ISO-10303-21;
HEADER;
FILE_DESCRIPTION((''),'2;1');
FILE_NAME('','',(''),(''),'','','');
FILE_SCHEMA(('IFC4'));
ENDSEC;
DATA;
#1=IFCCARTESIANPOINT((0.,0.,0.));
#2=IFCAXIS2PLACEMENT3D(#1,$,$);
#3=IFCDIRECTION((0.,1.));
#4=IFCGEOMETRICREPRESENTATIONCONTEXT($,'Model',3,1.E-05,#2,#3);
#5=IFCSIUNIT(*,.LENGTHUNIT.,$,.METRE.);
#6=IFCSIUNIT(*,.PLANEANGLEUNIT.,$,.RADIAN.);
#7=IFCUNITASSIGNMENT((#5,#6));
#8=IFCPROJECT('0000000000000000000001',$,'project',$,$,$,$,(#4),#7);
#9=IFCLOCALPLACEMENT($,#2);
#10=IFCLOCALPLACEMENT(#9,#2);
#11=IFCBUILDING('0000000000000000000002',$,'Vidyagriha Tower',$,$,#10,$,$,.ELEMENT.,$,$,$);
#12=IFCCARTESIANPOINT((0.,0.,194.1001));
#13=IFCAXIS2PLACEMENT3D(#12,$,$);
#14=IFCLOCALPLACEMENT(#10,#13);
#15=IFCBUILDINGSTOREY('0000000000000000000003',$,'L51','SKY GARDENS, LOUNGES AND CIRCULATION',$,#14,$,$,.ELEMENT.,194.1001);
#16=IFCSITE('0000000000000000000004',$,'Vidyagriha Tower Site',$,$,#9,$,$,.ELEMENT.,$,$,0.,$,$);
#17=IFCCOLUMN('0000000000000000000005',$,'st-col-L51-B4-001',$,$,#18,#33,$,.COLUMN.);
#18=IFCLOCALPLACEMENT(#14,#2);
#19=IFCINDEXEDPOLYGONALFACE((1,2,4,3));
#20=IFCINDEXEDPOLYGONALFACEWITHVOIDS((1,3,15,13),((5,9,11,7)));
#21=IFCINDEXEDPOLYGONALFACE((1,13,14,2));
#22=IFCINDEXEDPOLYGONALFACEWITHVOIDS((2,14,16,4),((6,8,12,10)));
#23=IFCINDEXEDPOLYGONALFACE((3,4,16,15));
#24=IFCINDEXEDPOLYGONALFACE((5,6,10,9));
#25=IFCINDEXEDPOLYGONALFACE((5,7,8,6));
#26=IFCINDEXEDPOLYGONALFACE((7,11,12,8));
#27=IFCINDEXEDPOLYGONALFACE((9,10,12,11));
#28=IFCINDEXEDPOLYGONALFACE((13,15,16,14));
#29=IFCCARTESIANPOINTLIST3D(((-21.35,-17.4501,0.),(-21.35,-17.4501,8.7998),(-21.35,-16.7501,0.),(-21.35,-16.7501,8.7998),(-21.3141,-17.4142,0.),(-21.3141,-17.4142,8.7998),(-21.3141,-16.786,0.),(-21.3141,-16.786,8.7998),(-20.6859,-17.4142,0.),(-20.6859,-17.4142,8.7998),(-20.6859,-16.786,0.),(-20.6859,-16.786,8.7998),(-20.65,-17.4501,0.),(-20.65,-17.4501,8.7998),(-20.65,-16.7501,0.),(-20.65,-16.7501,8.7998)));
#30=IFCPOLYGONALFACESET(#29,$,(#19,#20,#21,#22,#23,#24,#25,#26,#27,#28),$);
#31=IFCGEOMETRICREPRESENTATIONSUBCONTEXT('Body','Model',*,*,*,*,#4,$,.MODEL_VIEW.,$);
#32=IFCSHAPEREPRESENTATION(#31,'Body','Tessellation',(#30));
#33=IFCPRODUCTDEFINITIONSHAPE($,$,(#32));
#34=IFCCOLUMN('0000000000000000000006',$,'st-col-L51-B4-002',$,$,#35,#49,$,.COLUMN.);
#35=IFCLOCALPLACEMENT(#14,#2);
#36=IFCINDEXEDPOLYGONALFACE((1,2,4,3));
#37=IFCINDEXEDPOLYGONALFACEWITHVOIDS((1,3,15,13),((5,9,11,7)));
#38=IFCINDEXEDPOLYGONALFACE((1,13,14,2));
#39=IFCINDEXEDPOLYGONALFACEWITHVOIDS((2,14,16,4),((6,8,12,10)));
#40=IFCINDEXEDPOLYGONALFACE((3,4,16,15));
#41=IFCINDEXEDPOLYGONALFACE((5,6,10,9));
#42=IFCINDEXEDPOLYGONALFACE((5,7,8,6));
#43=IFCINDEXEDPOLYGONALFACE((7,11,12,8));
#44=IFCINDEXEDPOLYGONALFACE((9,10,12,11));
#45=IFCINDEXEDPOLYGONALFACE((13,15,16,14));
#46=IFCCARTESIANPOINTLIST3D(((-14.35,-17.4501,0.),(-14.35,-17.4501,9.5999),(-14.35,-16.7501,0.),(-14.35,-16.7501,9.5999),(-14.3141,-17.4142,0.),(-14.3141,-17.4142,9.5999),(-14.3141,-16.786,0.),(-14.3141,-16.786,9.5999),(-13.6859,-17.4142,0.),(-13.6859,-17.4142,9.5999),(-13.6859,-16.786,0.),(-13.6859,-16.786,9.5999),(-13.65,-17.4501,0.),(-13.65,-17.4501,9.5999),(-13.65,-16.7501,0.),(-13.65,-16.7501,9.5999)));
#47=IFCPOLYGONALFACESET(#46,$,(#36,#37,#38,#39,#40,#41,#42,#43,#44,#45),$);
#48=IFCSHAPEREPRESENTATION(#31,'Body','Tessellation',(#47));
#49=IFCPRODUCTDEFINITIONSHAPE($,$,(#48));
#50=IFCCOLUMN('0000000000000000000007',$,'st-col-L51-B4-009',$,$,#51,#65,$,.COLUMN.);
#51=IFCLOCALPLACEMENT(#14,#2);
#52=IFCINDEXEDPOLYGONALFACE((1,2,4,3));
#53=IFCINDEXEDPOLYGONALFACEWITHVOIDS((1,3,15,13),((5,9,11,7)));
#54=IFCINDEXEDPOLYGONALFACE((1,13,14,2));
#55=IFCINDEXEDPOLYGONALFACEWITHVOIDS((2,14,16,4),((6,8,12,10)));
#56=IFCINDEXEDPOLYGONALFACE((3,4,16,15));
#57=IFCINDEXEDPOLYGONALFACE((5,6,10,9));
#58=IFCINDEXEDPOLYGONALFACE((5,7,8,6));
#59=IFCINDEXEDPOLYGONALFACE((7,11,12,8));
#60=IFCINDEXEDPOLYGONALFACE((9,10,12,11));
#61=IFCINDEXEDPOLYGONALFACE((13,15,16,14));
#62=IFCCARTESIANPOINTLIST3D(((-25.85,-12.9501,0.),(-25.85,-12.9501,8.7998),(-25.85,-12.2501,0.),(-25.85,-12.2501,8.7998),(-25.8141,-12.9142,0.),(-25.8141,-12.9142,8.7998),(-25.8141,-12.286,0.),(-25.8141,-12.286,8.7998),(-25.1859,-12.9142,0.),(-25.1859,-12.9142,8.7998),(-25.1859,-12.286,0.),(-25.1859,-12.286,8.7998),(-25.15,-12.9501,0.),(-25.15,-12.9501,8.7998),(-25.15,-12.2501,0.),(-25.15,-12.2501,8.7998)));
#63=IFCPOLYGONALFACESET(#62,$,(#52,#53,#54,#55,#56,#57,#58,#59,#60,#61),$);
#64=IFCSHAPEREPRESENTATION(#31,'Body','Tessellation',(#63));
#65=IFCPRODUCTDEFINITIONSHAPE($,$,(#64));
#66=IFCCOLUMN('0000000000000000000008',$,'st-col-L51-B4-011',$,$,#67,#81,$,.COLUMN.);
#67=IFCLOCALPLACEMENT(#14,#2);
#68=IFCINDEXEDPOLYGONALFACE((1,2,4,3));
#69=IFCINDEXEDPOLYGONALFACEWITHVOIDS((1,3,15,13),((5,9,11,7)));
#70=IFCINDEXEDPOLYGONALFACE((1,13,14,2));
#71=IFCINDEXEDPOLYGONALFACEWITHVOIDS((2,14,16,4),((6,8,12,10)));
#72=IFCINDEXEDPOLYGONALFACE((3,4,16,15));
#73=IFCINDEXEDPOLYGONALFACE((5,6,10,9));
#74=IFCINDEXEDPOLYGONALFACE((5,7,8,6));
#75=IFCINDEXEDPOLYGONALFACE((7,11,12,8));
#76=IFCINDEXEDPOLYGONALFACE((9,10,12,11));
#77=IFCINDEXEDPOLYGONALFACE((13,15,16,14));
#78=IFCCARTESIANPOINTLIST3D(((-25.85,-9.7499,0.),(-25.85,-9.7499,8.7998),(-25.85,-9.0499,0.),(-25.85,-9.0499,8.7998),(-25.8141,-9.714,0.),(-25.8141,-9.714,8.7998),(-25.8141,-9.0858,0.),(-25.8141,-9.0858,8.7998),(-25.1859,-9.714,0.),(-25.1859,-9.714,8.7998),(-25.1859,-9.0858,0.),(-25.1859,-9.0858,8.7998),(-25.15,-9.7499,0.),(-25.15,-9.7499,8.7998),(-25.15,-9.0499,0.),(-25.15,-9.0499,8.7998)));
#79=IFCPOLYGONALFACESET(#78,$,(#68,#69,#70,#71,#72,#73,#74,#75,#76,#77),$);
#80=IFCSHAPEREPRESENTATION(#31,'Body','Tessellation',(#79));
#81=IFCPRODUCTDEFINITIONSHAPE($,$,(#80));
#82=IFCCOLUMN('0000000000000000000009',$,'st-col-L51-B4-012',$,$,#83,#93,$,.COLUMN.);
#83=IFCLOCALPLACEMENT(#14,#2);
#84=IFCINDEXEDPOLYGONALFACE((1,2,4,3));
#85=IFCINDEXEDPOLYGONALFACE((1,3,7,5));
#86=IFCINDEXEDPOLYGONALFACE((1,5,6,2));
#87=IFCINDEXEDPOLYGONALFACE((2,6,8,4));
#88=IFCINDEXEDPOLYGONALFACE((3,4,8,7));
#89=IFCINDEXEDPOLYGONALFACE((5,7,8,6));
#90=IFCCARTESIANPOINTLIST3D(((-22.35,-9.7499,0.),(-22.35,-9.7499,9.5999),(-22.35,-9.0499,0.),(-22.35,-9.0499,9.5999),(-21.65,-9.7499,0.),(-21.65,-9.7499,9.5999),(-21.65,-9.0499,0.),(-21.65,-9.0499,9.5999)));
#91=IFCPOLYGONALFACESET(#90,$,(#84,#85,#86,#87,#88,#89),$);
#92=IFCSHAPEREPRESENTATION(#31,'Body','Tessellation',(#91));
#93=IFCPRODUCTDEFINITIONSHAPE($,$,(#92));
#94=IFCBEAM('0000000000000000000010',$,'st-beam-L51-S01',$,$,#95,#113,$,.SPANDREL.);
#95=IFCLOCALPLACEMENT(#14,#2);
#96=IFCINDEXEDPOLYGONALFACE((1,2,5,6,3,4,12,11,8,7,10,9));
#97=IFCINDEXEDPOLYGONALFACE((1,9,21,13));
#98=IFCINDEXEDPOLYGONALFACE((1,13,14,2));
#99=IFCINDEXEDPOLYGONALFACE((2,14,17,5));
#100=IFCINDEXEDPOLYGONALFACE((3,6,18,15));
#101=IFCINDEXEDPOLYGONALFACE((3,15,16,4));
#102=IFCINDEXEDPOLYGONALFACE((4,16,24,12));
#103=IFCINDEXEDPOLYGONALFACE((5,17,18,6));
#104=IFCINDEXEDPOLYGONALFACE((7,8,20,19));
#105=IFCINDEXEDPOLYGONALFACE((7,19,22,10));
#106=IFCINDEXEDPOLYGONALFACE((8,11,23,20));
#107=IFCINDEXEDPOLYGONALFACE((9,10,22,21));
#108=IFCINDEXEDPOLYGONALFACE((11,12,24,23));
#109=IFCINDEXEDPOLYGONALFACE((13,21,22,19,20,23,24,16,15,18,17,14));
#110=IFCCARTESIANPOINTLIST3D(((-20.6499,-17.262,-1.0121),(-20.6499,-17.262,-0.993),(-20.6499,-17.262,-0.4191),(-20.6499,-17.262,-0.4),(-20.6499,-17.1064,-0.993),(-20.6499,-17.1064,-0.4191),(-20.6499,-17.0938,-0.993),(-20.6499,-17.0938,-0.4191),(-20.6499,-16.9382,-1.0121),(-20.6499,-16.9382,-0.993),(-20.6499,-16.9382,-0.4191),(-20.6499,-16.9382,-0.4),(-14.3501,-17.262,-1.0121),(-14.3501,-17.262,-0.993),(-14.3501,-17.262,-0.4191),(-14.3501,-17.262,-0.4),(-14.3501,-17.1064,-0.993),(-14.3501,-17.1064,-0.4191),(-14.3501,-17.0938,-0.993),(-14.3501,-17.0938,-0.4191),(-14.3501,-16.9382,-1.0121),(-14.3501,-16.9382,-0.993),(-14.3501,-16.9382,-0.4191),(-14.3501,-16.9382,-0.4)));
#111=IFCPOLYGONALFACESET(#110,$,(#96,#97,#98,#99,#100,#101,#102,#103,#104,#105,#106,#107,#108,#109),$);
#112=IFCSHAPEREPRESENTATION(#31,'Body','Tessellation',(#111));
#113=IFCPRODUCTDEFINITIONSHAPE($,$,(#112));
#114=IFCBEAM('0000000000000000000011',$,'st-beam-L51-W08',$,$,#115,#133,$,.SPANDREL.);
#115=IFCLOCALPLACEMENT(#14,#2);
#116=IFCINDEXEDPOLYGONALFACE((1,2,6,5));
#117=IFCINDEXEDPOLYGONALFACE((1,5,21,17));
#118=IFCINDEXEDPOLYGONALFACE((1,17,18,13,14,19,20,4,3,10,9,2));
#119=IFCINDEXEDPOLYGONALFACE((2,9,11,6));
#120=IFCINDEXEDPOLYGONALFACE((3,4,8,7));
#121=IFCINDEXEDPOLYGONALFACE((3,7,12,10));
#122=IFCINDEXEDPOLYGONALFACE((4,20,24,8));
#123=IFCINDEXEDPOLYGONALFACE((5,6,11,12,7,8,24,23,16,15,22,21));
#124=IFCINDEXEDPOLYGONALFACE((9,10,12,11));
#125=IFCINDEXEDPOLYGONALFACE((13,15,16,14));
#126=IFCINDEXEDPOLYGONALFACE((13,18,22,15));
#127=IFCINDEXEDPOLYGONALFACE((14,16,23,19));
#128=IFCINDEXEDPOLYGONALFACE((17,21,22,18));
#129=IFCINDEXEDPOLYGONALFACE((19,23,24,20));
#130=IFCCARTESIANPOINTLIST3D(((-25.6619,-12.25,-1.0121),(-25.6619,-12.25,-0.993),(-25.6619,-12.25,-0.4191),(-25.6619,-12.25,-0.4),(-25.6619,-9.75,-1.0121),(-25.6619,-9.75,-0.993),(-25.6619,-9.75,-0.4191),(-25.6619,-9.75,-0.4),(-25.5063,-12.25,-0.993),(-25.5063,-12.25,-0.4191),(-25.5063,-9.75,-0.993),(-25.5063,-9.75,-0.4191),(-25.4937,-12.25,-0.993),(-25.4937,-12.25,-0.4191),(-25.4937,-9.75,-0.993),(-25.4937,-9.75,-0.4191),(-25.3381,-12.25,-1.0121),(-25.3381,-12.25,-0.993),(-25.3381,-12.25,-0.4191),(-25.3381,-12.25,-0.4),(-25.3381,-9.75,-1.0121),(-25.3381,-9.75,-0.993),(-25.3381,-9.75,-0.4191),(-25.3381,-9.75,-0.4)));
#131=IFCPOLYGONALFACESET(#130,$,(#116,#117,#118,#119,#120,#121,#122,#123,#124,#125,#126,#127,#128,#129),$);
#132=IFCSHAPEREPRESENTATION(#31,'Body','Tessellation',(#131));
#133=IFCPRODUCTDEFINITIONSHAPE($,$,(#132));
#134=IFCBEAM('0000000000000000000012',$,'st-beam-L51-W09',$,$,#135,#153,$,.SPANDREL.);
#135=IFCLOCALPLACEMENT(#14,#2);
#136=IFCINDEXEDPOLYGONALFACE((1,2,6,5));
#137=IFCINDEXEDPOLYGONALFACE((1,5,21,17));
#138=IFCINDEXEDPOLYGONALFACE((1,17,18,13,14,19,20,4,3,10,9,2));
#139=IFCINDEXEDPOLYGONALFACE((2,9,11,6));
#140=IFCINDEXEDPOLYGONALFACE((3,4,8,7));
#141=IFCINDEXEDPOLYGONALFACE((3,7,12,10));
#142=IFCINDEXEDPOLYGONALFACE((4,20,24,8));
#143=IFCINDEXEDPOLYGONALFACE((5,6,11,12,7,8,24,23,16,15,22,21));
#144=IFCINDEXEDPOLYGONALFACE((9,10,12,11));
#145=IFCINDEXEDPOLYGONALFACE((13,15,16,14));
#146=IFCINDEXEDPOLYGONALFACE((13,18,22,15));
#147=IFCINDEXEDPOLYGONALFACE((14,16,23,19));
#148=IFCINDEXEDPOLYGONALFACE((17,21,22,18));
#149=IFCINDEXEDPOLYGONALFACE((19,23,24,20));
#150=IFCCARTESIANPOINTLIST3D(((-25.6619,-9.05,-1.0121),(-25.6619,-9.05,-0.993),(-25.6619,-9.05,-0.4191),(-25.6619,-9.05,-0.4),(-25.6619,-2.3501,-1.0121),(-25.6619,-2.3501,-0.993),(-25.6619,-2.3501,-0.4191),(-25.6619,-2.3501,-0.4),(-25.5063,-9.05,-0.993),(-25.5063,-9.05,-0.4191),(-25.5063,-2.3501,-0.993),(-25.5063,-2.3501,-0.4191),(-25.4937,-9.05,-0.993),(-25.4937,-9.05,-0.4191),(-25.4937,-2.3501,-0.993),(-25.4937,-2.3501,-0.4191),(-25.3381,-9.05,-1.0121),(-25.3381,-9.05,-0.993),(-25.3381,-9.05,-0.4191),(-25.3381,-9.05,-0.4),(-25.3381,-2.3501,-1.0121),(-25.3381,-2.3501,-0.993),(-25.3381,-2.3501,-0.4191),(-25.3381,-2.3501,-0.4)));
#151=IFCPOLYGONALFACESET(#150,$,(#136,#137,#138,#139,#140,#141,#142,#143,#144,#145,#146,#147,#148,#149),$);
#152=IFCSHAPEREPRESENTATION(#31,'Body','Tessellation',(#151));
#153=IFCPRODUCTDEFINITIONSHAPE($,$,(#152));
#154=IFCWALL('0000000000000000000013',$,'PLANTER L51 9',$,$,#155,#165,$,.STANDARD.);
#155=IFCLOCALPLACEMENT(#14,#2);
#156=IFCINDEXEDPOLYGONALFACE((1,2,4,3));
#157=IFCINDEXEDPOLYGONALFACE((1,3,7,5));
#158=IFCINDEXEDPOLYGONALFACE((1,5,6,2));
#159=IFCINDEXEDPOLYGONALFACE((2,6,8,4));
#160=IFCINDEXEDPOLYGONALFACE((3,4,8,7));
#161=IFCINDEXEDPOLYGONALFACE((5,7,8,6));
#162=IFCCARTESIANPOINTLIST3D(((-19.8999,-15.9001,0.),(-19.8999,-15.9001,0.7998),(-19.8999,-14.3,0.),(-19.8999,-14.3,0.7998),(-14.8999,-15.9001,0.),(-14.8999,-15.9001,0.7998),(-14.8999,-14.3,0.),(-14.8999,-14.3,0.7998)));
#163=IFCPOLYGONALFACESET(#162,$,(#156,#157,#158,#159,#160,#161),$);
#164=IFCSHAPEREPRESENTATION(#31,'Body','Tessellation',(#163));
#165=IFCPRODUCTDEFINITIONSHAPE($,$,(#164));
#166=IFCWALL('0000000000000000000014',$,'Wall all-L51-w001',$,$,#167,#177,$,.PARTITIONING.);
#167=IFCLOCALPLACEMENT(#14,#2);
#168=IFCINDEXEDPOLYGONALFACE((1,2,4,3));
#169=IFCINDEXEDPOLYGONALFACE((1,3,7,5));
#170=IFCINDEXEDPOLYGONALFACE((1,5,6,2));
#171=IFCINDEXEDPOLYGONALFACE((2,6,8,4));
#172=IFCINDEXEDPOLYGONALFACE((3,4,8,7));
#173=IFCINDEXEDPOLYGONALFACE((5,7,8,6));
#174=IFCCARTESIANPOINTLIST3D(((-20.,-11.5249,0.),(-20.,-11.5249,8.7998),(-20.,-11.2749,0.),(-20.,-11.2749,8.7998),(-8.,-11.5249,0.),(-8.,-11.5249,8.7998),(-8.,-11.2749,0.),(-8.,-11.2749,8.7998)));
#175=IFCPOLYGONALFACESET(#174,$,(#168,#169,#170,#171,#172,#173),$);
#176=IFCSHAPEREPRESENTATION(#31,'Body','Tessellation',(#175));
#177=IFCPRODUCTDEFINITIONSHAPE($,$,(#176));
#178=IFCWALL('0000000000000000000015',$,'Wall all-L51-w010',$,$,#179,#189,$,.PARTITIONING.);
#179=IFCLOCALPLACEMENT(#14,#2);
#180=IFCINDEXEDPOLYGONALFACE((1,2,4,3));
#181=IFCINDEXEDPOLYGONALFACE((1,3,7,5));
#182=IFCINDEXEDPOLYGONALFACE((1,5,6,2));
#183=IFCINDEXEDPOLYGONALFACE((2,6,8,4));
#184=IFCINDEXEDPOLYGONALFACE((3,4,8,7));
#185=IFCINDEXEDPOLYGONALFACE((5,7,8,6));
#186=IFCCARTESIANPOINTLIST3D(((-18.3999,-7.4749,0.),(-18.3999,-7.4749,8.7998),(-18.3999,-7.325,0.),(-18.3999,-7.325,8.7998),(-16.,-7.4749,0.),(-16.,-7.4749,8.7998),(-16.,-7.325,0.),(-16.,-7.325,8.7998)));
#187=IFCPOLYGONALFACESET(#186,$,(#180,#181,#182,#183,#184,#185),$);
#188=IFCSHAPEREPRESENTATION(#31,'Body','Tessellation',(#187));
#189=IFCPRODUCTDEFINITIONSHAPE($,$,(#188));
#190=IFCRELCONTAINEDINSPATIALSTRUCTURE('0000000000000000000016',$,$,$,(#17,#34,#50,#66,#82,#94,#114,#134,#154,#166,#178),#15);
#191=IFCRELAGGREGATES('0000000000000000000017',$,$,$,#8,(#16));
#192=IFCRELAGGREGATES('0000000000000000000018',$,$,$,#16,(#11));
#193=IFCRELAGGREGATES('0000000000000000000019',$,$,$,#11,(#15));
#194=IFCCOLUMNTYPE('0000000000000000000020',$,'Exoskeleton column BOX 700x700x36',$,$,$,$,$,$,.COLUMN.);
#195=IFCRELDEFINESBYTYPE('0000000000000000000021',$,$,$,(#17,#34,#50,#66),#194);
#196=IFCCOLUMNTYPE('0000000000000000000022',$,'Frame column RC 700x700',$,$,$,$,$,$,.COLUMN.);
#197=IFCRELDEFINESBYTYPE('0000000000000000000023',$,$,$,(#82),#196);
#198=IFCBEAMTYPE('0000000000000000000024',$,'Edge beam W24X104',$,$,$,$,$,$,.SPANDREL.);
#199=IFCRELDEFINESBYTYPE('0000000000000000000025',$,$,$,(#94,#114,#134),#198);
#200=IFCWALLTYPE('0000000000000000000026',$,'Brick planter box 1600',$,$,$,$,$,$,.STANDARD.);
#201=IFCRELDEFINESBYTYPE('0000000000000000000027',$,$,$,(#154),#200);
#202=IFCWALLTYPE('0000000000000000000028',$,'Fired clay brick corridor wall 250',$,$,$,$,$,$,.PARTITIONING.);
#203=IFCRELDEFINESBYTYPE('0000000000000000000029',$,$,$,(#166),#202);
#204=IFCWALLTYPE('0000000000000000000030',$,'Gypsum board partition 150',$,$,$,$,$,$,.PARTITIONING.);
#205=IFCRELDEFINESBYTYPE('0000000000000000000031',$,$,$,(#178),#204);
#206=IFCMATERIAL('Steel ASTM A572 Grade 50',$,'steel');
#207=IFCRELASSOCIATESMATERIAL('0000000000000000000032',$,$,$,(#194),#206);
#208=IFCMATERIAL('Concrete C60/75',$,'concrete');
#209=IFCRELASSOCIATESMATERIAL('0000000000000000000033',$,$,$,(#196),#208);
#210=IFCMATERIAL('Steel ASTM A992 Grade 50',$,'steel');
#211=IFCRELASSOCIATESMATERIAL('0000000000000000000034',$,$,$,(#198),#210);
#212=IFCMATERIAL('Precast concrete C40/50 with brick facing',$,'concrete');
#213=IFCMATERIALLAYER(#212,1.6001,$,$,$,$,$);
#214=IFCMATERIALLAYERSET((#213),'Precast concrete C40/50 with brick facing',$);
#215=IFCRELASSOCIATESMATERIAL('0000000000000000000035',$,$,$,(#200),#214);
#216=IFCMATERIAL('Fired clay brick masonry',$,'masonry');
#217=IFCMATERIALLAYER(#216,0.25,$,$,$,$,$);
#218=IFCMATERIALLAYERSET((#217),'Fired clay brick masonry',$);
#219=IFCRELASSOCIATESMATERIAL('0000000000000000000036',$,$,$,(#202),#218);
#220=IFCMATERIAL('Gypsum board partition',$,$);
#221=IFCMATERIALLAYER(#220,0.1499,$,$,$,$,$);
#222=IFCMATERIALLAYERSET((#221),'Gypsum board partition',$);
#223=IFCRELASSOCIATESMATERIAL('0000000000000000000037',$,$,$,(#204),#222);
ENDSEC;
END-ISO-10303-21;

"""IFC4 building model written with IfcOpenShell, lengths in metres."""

from ifc_helpers import new_model, si_unit, direction, frame, frame_2d, origin, origin_2d, place, context, subcontext, project, spatial, rectangle, hollow_rectangle, i_section, extrude, material, layer, layer_set, material_profile, profile_set, type_object, element, save


model = new_model("IFC4")

# Units and contexts
model_context = context("Model", 3, precision=1e-05, world=origin(), true_north=direction((0.0, 1.0)))
body_context = subcontext(model_context, "Body", "Model", "MODEL_VIEW")
ifc_project = project(units=[si_unit("LENGTHUNIT", "METRE"), si_unit("PLANEANGLEUNIT", "RADIAN")], contexts=[model_context])

# Site, building, storey
site_placement = place(None, origin())
site = spatial("IfcSite", under=ifc_project, at=site_placement, Name="Vidyagriha Tower Site", CompositionType="ELEMENT", RefElevation=0.0)
building_placement = place(site_placement, origin())
building = spatial("IfcBuilding", under=site, at=building_placement, Name="Vidyagriha Tower", CompositionType="ELEMENT")
storey_placement = place(building_placement, frame((0.0, 0.0, 194.1001)))
storey = spatial("IfcBuildingStorey", under=building, at=storey_placement, Name="L51", Description="SKY GARDENS, LOUNGES AND CIRCULATION", CompositionType="ELEMENT", Elevation=194.1001)

# Columns
ifc_material_1 = material(Name="Steel ASTM A572 Grade 50", Category="steel")
ifc_material_profile_1 = material_profile(ifc_material_1, hollow_rectangle(XDim=0.7, YDim=0.7, WallThickness=0.0359, at=origin_2d()), Name="BOX 700x700x36")
ifc_profile_set_1 = profile_set([ifc_material_profile_1], Name="Steel ASTM A572 Grade 50")
column_type_1 = type_object("IfcColumnType", Name="Exoskeleton column BOX 700x700x36", PredefinedType="COLUMN", material=ifc_profile_set_1)
column_1_placement = place(storey_placement, frame((-21.0, -17.1001, 0.0)))
element("IfcColumn", 1, at=column_1_placement, inside=storey, type_object=column_type_1, Name="st-col-L51-B4-001", PredefinedType="COLUMN", context=body_context, shape_type="SweptSolid", body=[
    extrude(hollow_rectangle(XDim=0.7, YDim=0.7, WallThickness=0.0359, at=origin_2d()), origin(), (0.0, 0.0, 1.0), 8.7998),
])
column_2_placement = place(storey_placement, frame((-14.0, -17.1001, 0.0)))
element("IfcColumn", 2, at=column_2_placement, inside=storey, type_object=column_type_1, Name="st-col-L51-B4-002", PredefinedType="COLUMN", context=body_context, shape_type="SweptSolid", body=[
    extrude(hollow_rectangle(XDim=0.7, YDim=0.7, WallThickness=0.0359, at=origin_2d()), origin(), (0.0, 0.0, 1.0), 9.5999),
])
for number, where, name in (
    (3, (-25.5, -12.6001, 0.0), "st-col-L51-B4-009"),
    (4, (-25.5, -9.3999, 0.0), "st-col-L51-B4-011"),
):
    element("IfcColumn", number, at=place(storey_placement, frame(where)), inside=storey, type_object=column_type_1, Name=name, PredefinedType="COLUMN", context=body_context, shape_type="SweptSolid", body=[
        extrude(hollow_rectangle(XDim=0.7, YDim=0.7, WallThickness=0.0359, at=origin_2d()), origin(), (0.0, 0.0, 1.0), 8.7998),
    ])
ifc_material_2 = material(Name="Concrete C60/75", Category="concrete")
ifc_material_profile_2 = material_profile(ifc_material_2, rectangle(XDim=0.7, YDim=0.7, at=origin_2d()), Name="RC 700x700")
ifc_profile_set_2 = profile_set([ifc_material_profile_2], Name="Concrete C60/75")
column_type_2 = type_object("IfcColumnType", Name="Frame column RC 700x700", PredefinedType="COLUMN", material=ifc_profile_set_2)
column_3_placement = place(storey_placement, frame((-22.0, -9.3999, 0.0)))
element("IfcColumn", 5, at=column_3_placement, inside=storey, type_object=column_type_2, Name="st-col-L51-B4-012", PredefinedType="COLUMN", context=body_context, shape_type="SweptSolid", body=[
    extrude(rectangle(XDim=0.7, YDim=0.7, at=origin_2d()), origin(), (0.0, 0.0, 1.0), 9.5999),
])

# Beams
ifc_material_3 = material(Name="Steel ASTM A992 Grade 50", Category="steel")
ifc_material_profile_3 = material_profile(ifc_material_3, i_section(OverallWidth=0.3237, OverallDepth=0.6121, WebThickness=0.0127, FlangeThickness=0.019, at=origin_2d()), Name="W24X104")
ifc_profile_set_3 = profile_set([ifc_material_profile_3], Name="Steel ASTM A992 Grade 50")
beam_type = type_object("IfcBeamType", Name="Edge beam W24X104", PredefinedType="SPANDREL", material=ifc_profile_set_3)
beam_1_placement = place(storey_placement, frame((-20.6499, -17.1001, -0.7061), z_axis=(1.0, 0.0, 0.0), x_axis=(0.0, 1.0, 0.0)))
element("IfcBeam", 6, at=beam_1_placement, inside=storey, type_object=beam_type, Name="st-beam-L51-S01", PredefinedType="SPANDREL", context=body_context, shape_type="SweptSolid", body=[
    extrude(i_section(OverallWidth=0.3237, OverallDepth=0.6121, WebThickness=0.0127, FlangeThickness=0.019, at=origin_2d()), origin(), (0.0, 0.0, 1.0), 6.2998),
])
beam_2_placement = place(storey_placement, frame((-25.5, -12.25, -0.7061), z_axis=(0.0, 1.0, 0.0), x_axis=(-1.0, 0.0, 0.0)))
element("IfcBeam", 7, at=beam_2_placement, inside=storey, type_object=beam_type, Name="st-beam-L51-W08", PredefinedType="SPANDREL", context=body_context, shape_type="SweptSolid", body=[
    extrude(i_section(OverallWidth=0.3237, OverallDepth=0.6121, WebThickness=0.0127, FlangeThickness=0.019, at=origin_2d()), origin(), (0.0, 0.0, 1.0), 2.5),
])
beam_3_placement = place(storey_placement, frame((-25.5, -9.05, -0.7061), z_axis=(0.0, 1.0, 0.0), x_axis=(-1.0, 0.0, 0.0)))
element("IfcBeam", 8, at=beam_3_placement, inside=storey, type_object=beam_type, Name="st-beam-L51-W09", PredefinedType="SPANDREL", context=body_context, shape_type="SweptSolid", body=[
    extrude(i_section(OverallWidth=0.3237, OverallDepth=0.6121, WebThickness=0.0127, FlangeThickness=0.019, at=origin_2d()), origin(), (0.0, 0.0, 1.0), 6.7),
])

# Walls
ifc_material_4 = material(Name="Precast concrete C40/50 with brick facing", Category="concrete")
ifc_layer_1 = layer(ifc_material_4, 1.6001)
ifc_layer_set_1 = layer_set([ifc_layer_1], Name="Precast concrete C40/50 with brick facing")
wall_type_1 = type_object("IfcWallType", Name="Brick planter box 1600", PredefinedType="STANDARD", material=ifc_layer_set_1)
wall_1_placement = place(storey_placement, frame((-19.8999, -15.1001, 0.0)))
element("IfcWall", 9, at=wall_1_placement, inside=storey, type_object=wall_type_1, Name="PLANTER L51 9", PredefinedType="STANDARD", context=body_context, shape_type="SweptSolid", body=[
    extrude(rectangle(XDim=5.0, YDim=1.6001, at=frame_2d((2.5, 0.0))), origin(), (0.0, 0.0, 1.0), 0.7998),
])
ifc_material_5 = material(Name="Fired clay brick masonry", Category="masonry")
ifc_layer_2 = layer(ifc_material_5, 0.25)
ifc_layer_set_2 = layer_set([ifc_layer_2], Name="Fired clay brick masonry")
wall_type_2 = type_object("IfcWallType", Name="Fired clay brick corridor wall 250", PredefinedType="PARTITIONING", material=ifc_layer_set_2)
wall_2_placement = place(storey_placement, frame((-20.0, -11.3999, 0.0)))
element("IfcWall", 10, at=wall_2_placement, inside=storey, type_object=wall_type_2, Name="Wall all-L51-w001", PredefinedType="PARTITIONING", context=body_context, shape_type="SweptSolid", body=[
    extrude(rectangle(XDim=12.0, YDim=0.25, at=frame_2d((6.0, 0.0))), origin(), (0.0, 0.0, 1.0), 8.7998),
])
ifc_material_6 = material(Name="Gypsum board partition")
ifc_layer_3 = layer(ifc_material_6, 0.1499)
ifc_layer_set_3 = layer_set([ifc_layer_3], Name="Gypsum board partition")
wall_type_3 = type_object("IfcWallType", Name="Gypsum board partition 150", PredefinedType="PARTITIONING", material=ifc_layer_set_3)
wall_3_placement = place(storey_placement, frame((-18.3999, -7.3999, 0.0)))
element("IfcWall", 11, at=wall_3_placement, inside=storey, type_object=wall_type_3, Name="Wall all-L51-w010", PredefinedType="PARTITIONING", context=body_context, shape_type="SweptSolid", body=[
    extrude(rectangle(XDim=2.3999, YDim=0.1499, at=frame_2d((1.2, 0.0))), origin(), (0.0, 0.0, 1.0), 8.7998),
])

save(model, "model.ifc")
